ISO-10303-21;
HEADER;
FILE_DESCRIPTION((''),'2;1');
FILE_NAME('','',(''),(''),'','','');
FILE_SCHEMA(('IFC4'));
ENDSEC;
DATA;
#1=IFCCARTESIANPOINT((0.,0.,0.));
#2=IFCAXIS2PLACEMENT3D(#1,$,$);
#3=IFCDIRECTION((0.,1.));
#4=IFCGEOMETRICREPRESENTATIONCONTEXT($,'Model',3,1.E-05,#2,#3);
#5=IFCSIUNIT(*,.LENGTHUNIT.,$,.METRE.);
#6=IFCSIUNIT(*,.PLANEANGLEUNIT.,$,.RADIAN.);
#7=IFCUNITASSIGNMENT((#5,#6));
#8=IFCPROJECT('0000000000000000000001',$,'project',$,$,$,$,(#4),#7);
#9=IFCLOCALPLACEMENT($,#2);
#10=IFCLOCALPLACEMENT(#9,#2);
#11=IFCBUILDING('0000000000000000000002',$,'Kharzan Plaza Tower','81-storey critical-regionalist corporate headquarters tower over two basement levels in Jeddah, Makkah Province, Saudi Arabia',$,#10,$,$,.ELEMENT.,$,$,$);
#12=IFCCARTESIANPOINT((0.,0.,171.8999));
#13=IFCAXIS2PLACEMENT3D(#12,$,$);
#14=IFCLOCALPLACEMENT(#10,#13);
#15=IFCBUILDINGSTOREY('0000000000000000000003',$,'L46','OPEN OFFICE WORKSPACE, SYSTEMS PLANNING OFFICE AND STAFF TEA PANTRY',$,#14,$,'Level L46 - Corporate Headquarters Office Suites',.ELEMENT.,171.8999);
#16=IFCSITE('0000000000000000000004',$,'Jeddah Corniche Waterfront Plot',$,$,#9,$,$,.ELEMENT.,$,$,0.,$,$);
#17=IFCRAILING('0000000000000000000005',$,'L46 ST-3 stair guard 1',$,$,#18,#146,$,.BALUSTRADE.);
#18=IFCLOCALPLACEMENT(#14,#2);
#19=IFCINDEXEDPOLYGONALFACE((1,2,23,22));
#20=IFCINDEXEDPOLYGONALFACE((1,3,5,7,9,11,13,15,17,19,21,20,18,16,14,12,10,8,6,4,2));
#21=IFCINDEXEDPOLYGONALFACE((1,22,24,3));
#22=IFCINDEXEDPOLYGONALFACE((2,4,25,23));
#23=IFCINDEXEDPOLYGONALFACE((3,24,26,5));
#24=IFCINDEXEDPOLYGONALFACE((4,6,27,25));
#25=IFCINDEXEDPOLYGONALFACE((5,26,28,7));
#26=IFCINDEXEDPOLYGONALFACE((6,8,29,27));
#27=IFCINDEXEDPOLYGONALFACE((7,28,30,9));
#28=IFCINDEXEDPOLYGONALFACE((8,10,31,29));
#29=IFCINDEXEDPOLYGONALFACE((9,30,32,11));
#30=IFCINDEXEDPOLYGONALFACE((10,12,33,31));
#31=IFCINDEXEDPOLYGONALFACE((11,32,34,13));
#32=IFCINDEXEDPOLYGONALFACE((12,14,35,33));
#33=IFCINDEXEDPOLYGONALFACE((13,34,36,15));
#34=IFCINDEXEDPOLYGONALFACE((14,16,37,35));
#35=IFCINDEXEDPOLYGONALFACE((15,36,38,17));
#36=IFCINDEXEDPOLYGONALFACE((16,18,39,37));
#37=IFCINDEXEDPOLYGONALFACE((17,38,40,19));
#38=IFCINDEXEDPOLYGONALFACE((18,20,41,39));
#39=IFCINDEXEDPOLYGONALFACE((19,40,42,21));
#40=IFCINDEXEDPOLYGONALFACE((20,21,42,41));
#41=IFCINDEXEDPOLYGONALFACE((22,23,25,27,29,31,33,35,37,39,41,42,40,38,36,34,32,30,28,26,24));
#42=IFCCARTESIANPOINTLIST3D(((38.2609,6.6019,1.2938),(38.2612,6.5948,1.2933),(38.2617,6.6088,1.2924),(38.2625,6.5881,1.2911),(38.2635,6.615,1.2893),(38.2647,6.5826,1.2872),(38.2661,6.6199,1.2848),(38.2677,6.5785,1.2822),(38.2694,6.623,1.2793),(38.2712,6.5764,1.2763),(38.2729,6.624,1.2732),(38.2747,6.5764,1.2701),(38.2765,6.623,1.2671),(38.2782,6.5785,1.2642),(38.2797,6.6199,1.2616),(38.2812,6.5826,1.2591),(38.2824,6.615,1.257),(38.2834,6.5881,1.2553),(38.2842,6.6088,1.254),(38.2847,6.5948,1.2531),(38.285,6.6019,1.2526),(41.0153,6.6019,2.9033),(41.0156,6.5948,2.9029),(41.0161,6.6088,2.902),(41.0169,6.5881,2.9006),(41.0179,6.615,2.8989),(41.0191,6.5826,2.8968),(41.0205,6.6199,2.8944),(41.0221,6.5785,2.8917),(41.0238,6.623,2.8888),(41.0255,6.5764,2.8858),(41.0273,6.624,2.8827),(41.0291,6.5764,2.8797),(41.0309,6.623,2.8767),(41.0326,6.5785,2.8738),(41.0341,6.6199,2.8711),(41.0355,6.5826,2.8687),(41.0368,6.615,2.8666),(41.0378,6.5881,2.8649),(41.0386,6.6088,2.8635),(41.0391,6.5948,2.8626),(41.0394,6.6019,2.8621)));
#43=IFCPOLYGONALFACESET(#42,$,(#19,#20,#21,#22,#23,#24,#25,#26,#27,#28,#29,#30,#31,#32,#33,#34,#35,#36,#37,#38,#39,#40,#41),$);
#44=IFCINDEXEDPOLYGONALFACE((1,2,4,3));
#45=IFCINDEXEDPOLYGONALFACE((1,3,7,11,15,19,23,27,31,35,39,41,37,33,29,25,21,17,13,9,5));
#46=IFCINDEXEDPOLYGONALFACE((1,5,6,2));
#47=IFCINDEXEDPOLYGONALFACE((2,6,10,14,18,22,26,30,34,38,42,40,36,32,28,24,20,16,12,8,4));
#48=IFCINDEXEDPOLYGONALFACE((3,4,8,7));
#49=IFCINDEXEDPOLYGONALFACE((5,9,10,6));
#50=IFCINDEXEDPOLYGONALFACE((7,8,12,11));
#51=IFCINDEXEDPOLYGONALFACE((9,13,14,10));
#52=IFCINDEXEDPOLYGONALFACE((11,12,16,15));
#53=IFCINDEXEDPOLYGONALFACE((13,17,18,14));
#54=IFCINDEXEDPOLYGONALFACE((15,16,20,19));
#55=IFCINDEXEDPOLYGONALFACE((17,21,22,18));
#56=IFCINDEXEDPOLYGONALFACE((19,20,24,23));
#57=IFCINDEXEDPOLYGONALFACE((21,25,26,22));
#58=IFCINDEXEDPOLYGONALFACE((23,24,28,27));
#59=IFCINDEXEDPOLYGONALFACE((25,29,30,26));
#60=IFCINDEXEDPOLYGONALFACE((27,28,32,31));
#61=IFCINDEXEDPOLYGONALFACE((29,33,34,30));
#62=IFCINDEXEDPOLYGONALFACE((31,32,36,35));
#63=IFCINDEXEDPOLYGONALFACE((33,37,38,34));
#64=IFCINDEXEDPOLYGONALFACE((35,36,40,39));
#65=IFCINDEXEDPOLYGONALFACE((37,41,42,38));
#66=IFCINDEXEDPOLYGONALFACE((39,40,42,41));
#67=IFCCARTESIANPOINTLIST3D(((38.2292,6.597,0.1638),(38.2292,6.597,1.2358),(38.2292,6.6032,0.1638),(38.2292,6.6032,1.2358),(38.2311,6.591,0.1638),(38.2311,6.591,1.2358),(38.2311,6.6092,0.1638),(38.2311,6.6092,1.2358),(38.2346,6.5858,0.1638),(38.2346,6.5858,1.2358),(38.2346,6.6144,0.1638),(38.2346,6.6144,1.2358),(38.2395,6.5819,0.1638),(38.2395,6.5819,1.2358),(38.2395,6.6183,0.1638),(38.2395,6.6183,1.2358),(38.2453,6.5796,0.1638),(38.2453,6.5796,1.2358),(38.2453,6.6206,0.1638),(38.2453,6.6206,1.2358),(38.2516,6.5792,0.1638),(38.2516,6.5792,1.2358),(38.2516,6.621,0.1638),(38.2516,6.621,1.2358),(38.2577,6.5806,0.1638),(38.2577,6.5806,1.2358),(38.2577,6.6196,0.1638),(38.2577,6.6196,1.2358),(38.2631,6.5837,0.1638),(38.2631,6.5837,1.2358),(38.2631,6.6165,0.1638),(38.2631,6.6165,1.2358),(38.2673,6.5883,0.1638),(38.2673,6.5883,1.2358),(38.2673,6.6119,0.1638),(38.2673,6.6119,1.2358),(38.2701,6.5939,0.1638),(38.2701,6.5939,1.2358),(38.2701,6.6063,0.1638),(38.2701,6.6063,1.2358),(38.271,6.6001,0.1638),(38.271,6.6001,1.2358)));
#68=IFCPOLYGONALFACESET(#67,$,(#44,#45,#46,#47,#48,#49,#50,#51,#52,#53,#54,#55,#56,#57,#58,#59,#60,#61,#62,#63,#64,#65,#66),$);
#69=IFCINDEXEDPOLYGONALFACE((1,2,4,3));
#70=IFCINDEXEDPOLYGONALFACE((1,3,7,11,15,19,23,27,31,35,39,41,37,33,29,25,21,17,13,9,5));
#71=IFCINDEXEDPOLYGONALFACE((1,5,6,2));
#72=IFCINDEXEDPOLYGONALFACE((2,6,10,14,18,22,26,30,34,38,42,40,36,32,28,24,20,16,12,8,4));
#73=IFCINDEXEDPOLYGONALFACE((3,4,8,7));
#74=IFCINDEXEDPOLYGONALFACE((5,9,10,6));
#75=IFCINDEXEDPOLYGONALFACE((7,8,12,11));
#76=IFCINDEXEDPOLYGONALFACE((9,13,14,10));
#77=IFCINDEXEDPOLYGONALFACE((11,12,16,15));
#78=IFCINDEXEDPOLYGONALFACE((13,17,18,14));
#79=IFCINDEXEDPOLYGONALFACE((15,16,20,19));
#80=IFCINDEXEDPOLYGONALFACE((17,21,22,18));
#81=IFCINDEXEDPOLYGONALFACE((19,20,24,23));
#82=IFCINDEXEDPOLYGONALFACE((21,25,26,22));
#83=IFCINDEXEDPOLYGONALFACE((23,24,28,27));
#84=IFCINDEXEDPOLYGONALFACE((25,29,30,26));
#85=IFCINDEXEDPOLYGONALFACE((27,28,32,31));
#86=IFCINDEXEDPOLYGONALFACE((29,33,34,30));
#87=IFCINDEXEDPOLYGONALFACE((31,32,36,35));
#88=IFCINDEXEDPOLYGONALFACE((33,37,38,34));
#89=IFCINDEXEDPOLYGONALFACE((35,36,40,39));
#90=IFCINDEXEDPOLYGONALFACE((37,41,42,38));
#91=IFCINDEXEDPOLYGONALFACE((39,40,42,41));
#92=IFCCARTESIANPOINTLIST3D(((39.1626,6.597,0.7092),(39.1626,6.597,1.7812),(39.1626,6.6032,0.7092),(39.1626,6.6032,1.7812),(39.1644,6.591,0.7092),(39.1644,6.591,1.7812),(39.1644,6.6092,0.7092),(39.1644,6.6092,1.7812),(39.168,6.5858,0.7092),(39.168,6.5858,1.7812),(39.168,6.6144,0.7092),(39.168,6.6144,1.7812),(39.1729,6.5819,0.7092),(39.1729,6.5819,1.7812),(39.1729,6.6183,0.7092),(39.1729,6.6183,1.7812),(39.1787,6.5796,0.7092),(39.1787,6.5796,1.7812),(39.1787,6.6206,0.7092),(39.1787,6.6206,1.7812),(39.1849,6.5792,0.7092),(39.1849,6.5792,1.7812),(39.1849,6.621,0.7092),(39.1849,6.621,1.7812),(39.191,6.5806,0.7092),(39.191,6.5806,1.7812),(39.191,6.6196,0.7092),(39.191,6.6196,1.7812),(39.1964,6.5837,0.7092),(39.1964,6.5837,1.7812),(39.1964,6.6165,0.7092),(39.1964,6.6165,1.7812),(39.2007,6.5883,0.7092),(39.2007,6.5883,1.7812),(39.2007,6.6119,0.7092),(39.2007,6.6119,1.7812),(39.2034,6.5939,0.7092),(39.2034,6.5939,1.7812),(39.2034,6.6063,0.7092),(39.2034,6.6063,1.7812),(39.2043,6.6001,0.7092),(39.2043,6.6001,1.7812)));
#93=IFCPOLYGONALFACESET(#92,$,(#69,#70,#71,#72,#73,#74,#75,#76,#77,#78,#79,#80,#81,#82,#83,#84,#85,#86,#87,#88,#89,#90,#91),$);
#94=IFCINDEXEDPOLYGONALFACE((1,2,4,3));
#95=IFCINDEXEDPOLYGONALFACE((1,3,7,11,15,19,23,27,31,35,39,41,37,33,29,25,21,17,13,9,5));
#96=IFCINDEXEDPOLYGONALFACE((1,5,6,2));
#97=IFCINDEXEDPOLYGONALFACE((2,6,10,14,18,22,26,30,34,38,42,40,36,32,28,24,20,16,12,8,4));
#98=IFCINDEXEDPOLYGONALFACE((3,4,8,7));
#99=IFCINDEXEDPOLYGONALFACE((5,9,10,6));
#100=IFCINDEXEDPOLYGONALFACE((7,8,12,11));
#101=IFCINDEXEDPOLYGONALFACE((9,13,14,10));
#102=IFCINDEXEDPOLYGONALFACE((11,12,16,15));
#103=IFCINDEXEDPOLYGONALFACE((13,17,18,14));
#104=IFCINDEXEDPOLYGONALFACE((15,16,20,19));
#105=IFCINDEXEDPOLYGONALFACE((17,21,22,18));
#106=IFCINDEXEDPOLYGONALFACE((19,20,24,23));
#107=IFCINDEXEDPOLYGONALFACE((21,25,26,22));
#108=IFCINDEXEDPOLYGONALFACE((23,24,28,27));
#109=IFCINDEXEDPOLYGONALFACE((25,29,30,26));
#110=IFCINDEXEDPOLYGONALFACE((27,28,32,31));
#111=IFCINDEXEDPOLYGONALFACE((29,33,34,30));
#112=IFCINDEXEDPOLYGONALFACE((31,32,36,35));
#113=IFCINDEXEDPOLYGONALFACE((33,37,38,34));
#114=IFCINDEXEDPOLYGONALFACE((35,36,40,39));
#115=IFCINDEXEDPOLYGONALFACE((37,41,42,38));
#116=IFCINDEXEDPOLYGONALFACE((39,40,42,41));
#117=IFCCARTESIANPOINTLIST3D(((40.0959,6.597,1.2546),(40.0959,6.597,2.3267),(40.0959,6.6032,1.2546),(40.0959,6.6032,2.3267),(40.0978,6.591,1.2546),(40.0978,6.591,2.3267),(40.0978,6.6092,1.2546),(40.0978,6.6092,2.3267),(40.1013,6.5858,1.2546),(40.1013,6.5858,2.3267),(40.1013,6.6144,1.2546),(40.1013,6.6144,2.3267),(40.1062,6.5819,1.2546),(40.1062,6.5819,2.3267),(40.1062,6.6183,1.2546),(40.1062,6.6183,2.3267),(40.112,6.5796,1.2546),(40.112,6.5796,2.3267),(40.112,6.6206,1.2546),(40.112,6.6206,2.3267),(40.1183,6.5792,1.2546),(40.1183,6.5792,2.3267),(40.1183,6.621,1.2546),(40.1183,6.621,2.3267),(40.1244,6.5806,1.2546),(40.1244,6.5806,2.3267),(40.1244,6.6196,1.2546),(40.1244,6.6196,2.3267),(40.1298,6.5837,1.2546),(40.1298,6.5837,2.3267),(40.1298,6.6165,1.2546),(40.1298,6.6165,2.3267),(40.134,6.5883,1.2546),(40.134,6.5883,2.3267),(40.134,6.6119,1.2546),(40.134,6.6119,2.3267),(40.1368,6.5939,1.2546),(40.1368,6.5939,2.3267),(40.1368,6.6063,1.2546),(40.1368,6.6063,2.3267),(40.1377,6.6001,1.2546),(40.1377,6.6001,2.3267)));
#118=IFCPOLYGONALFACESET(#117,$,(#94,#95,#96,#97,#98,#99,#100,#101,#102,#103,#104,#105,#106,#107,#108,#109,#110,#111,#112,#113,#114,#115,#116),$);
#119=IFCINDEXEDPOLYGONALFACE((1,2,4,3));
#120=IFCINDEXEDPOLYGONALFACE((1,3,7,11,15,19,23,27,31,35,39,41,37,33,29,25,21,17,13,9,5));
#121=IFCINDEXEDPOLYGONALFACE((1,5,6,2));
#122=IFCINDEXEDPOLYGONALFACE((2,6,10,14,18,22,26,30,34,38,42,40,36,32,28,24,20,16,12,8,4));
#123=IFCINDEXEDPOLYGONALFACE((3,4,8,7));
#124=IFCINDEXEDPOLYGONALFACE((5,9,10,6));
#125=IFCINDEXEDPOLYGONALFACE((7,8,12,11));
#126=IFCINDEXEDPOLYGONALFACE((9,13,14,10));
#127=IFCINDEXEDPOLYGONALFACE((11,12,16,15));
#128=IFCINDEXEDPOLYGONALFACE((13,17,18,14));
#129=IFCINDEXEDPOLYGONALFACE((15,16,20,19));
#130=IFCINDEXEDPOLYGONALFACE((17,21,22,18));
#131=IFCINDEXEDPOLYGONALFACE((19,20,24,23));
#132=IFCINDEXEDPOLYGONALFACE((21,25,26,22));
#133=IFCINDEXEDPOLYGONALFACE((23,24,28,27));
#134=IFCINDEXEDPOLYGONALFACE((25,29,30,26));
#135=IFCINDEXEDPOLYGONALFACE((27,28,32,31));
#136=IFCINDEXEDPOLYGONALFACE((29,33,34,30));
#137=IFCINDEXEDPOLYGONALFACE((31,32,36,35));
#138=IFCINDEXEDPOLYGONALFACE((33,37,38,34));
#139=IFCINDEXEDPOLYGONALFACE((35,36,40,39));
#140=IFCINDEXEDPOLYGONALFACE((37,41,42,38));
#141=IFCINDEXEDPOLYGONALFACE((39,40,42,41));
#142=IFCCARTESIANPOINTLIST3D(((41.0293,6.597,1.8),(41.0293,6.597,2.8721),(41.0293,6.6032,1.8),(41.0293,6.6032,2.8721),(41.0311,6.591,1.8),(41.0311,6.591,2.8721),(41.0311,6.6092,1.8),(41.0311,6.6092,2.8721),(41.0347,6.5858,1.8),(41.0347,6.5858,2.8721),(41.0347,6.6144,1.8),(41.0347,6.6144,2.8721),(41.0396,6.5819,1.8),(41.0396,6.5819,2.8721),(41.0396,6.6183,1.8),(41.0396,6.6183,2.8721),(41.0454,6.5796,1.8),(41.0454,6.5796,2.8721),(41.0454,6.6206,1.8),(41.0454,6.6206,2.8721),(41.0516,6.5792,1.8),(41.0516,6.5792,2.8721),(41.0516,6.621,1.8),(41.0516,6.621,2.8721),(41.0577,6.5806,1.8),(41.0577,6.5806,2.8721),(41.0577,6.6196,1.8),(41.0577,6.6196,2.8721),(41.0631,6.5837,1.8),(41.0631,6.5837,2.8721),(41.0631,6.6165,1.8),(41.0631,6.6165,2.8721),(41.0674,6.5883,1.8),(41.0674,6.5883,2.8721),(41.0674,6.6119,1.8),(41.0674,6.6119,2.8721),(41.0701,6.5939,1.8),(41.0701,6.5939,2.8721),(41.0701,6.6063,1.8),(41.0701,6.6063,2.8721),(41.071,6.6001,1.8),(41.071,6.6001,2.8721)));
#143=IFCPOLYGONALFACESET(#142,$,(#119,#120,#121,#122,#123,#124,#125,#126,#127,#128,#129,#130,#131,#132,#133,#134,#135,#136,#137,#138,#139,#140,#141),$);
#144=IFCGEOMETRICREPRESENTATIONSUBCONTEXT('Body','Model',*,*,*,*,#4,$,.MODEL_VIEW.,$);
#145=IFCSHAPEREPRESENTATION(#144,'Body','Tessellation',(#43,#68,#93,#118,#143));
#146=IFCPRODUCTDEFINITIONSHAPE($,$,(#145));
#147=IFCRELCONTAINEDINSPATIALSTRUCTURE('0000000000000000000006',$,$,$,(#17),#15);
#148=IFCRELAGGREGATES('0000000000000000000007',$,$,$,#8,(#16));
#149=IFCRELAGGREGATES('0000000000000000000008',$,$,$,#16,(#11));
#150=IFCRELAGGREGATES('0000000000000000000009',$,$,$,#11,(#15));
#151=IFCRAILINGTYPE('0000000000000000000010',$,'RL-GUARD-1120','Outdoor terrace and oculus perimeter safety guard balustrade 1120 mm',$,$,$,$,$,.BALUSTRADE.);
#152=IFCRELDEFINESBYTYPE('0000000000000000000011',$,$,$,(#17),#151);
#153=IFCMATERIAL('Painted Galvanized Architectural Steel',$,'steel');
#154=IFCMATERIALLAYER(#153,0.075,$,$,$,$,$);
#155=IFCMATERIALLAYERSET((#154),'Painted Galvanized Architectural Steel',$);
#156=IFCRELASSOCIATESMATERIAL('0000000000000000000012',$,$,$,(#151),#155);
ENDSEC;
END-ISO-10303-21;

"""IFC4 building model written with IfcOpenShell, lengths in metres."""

from ifc_helpers import new_model, si_unit, direction, frame, origin, origin_2d, place, context, subcontext, project, spatial, circle, extrude, source, transform, mapped, material, layer, layer_set, type_object, element, save


model = new_model("IFC4")

# Units and contexts
model_context = context("Model", 3, precision=1e-05, world=origin(), true_north=direction((0.0, 1.0)))
body_context = subcontext(model_context, "Body", "Model", "MODEL_VIEW")
ifc_project = project(units=[si_unit("LENGTHUNIT", "METRE"), si_unit("PLANEANGLEUNIT", "RADIAN")], contexts=[model_context])

# Site, building, storey
site_placement = place(None, origin())
site = spatial("IfcSite", under=ifc_project, at=site_placement, Name="Jeddah Corniche Waterfront Plot", CompositionType="ELEMENT", RefElevation=0.0)
building_placement = place(site_placement, origin())
building = spatial("IfcBuilding", under=site, at=building_placement, Name="Kharzan Plaza Tower", Description="81-storey critical-regionalist corporate headquarters tower over two basement levels in Jeddah, Makkah Province, Saudi Arabia", CompositionType="ELEMENT")
storey_placement = place(building_placement, frame((0.0, 0.0, 171.8999)))
storey = spatial("IfcBuildingStorey", under=building, at=storey_placement, Name="L46", Description="OPEN OFFICE WORKSPACE, SYSTEMS PLANNING OFFICE AND STAFF TEA PANTRY", LongName="Level L46 - Corporate Headquarters Office Suites", CompositionType="ELEMENT", Elevation=171.8999)

# Railing
ifc_material_1 = material(Name="Painted Galvanized Architectural Steel", Category="steel")
ifc_layer_1 = layer(ifc_material_1, 0.075)
ifc_layer_set_1 = layer_set([ifc_layer_1], Name="Painted Galvanized Architectural Steel")
railing_type_1 = type_object("IfcRailingType", Name="RL-GUARD-1120", Description="Outdoor terrace and oculus perimeter safety guard balustrade 1120 mm", PredefinedType="BALUSTRADE", material=ifc_layer_set_1)
shared_shape_1 = source(origin(), body_context, "Body", "SweptSolid", [
    extrude(circle(Radius=0.0239, at=origin_2d()), frame((0.0229, 0.0, 1.1094), z_axis=(0.863394, 0.0, 0.504531), x_axis=(0.0, 1.0, 0.0)), (0.0, 0.0, 1.0), 3.1902),
    extrude(circle(Radius=0.021, at=origin_2d()), origin(), (0.0, 0.0, 1.0), 1.072),
    extrude(circle(Radius=0.021, at=origin_2d()), frame((0.9333, 0.0, 0.5454)), (0.0, 0.0, 1.0), 1.072),
    extrude(circle(Radius=0.021, at=origin_2d()), frame((1.8667, 0.0, 1.0908)), (0.0, 0.0, 1.0), 1.072),
    extrude(circle(Radius=0.021, at=origin_2d()), frame((2.8, 0.0, 1.6362)), (0.0, 0.0, 1.0), 1.072),
])
railing_1_placement = place(storey_placement, frame((38.25, 6.6001, 0.1638)))
element("IfcRailing", 1, at=railing_1_placement, inside=storey, type_object=railing_type_1, Name="L46 ST-3 stair guard 1", PredefinedType="BALUSTRADE", context=body_context, shape_type="MappedRepresentation", body=[
    mapped(shared_shape_1, transform((0.0, 0.0, 0.0), x_axis=(1.0, 0.0, 0.0), y_axis=(0.0, 1.0, 0.0), z_axis=(0.0, 0.0, 1.0))),
])

save(model, "model.ifc")
